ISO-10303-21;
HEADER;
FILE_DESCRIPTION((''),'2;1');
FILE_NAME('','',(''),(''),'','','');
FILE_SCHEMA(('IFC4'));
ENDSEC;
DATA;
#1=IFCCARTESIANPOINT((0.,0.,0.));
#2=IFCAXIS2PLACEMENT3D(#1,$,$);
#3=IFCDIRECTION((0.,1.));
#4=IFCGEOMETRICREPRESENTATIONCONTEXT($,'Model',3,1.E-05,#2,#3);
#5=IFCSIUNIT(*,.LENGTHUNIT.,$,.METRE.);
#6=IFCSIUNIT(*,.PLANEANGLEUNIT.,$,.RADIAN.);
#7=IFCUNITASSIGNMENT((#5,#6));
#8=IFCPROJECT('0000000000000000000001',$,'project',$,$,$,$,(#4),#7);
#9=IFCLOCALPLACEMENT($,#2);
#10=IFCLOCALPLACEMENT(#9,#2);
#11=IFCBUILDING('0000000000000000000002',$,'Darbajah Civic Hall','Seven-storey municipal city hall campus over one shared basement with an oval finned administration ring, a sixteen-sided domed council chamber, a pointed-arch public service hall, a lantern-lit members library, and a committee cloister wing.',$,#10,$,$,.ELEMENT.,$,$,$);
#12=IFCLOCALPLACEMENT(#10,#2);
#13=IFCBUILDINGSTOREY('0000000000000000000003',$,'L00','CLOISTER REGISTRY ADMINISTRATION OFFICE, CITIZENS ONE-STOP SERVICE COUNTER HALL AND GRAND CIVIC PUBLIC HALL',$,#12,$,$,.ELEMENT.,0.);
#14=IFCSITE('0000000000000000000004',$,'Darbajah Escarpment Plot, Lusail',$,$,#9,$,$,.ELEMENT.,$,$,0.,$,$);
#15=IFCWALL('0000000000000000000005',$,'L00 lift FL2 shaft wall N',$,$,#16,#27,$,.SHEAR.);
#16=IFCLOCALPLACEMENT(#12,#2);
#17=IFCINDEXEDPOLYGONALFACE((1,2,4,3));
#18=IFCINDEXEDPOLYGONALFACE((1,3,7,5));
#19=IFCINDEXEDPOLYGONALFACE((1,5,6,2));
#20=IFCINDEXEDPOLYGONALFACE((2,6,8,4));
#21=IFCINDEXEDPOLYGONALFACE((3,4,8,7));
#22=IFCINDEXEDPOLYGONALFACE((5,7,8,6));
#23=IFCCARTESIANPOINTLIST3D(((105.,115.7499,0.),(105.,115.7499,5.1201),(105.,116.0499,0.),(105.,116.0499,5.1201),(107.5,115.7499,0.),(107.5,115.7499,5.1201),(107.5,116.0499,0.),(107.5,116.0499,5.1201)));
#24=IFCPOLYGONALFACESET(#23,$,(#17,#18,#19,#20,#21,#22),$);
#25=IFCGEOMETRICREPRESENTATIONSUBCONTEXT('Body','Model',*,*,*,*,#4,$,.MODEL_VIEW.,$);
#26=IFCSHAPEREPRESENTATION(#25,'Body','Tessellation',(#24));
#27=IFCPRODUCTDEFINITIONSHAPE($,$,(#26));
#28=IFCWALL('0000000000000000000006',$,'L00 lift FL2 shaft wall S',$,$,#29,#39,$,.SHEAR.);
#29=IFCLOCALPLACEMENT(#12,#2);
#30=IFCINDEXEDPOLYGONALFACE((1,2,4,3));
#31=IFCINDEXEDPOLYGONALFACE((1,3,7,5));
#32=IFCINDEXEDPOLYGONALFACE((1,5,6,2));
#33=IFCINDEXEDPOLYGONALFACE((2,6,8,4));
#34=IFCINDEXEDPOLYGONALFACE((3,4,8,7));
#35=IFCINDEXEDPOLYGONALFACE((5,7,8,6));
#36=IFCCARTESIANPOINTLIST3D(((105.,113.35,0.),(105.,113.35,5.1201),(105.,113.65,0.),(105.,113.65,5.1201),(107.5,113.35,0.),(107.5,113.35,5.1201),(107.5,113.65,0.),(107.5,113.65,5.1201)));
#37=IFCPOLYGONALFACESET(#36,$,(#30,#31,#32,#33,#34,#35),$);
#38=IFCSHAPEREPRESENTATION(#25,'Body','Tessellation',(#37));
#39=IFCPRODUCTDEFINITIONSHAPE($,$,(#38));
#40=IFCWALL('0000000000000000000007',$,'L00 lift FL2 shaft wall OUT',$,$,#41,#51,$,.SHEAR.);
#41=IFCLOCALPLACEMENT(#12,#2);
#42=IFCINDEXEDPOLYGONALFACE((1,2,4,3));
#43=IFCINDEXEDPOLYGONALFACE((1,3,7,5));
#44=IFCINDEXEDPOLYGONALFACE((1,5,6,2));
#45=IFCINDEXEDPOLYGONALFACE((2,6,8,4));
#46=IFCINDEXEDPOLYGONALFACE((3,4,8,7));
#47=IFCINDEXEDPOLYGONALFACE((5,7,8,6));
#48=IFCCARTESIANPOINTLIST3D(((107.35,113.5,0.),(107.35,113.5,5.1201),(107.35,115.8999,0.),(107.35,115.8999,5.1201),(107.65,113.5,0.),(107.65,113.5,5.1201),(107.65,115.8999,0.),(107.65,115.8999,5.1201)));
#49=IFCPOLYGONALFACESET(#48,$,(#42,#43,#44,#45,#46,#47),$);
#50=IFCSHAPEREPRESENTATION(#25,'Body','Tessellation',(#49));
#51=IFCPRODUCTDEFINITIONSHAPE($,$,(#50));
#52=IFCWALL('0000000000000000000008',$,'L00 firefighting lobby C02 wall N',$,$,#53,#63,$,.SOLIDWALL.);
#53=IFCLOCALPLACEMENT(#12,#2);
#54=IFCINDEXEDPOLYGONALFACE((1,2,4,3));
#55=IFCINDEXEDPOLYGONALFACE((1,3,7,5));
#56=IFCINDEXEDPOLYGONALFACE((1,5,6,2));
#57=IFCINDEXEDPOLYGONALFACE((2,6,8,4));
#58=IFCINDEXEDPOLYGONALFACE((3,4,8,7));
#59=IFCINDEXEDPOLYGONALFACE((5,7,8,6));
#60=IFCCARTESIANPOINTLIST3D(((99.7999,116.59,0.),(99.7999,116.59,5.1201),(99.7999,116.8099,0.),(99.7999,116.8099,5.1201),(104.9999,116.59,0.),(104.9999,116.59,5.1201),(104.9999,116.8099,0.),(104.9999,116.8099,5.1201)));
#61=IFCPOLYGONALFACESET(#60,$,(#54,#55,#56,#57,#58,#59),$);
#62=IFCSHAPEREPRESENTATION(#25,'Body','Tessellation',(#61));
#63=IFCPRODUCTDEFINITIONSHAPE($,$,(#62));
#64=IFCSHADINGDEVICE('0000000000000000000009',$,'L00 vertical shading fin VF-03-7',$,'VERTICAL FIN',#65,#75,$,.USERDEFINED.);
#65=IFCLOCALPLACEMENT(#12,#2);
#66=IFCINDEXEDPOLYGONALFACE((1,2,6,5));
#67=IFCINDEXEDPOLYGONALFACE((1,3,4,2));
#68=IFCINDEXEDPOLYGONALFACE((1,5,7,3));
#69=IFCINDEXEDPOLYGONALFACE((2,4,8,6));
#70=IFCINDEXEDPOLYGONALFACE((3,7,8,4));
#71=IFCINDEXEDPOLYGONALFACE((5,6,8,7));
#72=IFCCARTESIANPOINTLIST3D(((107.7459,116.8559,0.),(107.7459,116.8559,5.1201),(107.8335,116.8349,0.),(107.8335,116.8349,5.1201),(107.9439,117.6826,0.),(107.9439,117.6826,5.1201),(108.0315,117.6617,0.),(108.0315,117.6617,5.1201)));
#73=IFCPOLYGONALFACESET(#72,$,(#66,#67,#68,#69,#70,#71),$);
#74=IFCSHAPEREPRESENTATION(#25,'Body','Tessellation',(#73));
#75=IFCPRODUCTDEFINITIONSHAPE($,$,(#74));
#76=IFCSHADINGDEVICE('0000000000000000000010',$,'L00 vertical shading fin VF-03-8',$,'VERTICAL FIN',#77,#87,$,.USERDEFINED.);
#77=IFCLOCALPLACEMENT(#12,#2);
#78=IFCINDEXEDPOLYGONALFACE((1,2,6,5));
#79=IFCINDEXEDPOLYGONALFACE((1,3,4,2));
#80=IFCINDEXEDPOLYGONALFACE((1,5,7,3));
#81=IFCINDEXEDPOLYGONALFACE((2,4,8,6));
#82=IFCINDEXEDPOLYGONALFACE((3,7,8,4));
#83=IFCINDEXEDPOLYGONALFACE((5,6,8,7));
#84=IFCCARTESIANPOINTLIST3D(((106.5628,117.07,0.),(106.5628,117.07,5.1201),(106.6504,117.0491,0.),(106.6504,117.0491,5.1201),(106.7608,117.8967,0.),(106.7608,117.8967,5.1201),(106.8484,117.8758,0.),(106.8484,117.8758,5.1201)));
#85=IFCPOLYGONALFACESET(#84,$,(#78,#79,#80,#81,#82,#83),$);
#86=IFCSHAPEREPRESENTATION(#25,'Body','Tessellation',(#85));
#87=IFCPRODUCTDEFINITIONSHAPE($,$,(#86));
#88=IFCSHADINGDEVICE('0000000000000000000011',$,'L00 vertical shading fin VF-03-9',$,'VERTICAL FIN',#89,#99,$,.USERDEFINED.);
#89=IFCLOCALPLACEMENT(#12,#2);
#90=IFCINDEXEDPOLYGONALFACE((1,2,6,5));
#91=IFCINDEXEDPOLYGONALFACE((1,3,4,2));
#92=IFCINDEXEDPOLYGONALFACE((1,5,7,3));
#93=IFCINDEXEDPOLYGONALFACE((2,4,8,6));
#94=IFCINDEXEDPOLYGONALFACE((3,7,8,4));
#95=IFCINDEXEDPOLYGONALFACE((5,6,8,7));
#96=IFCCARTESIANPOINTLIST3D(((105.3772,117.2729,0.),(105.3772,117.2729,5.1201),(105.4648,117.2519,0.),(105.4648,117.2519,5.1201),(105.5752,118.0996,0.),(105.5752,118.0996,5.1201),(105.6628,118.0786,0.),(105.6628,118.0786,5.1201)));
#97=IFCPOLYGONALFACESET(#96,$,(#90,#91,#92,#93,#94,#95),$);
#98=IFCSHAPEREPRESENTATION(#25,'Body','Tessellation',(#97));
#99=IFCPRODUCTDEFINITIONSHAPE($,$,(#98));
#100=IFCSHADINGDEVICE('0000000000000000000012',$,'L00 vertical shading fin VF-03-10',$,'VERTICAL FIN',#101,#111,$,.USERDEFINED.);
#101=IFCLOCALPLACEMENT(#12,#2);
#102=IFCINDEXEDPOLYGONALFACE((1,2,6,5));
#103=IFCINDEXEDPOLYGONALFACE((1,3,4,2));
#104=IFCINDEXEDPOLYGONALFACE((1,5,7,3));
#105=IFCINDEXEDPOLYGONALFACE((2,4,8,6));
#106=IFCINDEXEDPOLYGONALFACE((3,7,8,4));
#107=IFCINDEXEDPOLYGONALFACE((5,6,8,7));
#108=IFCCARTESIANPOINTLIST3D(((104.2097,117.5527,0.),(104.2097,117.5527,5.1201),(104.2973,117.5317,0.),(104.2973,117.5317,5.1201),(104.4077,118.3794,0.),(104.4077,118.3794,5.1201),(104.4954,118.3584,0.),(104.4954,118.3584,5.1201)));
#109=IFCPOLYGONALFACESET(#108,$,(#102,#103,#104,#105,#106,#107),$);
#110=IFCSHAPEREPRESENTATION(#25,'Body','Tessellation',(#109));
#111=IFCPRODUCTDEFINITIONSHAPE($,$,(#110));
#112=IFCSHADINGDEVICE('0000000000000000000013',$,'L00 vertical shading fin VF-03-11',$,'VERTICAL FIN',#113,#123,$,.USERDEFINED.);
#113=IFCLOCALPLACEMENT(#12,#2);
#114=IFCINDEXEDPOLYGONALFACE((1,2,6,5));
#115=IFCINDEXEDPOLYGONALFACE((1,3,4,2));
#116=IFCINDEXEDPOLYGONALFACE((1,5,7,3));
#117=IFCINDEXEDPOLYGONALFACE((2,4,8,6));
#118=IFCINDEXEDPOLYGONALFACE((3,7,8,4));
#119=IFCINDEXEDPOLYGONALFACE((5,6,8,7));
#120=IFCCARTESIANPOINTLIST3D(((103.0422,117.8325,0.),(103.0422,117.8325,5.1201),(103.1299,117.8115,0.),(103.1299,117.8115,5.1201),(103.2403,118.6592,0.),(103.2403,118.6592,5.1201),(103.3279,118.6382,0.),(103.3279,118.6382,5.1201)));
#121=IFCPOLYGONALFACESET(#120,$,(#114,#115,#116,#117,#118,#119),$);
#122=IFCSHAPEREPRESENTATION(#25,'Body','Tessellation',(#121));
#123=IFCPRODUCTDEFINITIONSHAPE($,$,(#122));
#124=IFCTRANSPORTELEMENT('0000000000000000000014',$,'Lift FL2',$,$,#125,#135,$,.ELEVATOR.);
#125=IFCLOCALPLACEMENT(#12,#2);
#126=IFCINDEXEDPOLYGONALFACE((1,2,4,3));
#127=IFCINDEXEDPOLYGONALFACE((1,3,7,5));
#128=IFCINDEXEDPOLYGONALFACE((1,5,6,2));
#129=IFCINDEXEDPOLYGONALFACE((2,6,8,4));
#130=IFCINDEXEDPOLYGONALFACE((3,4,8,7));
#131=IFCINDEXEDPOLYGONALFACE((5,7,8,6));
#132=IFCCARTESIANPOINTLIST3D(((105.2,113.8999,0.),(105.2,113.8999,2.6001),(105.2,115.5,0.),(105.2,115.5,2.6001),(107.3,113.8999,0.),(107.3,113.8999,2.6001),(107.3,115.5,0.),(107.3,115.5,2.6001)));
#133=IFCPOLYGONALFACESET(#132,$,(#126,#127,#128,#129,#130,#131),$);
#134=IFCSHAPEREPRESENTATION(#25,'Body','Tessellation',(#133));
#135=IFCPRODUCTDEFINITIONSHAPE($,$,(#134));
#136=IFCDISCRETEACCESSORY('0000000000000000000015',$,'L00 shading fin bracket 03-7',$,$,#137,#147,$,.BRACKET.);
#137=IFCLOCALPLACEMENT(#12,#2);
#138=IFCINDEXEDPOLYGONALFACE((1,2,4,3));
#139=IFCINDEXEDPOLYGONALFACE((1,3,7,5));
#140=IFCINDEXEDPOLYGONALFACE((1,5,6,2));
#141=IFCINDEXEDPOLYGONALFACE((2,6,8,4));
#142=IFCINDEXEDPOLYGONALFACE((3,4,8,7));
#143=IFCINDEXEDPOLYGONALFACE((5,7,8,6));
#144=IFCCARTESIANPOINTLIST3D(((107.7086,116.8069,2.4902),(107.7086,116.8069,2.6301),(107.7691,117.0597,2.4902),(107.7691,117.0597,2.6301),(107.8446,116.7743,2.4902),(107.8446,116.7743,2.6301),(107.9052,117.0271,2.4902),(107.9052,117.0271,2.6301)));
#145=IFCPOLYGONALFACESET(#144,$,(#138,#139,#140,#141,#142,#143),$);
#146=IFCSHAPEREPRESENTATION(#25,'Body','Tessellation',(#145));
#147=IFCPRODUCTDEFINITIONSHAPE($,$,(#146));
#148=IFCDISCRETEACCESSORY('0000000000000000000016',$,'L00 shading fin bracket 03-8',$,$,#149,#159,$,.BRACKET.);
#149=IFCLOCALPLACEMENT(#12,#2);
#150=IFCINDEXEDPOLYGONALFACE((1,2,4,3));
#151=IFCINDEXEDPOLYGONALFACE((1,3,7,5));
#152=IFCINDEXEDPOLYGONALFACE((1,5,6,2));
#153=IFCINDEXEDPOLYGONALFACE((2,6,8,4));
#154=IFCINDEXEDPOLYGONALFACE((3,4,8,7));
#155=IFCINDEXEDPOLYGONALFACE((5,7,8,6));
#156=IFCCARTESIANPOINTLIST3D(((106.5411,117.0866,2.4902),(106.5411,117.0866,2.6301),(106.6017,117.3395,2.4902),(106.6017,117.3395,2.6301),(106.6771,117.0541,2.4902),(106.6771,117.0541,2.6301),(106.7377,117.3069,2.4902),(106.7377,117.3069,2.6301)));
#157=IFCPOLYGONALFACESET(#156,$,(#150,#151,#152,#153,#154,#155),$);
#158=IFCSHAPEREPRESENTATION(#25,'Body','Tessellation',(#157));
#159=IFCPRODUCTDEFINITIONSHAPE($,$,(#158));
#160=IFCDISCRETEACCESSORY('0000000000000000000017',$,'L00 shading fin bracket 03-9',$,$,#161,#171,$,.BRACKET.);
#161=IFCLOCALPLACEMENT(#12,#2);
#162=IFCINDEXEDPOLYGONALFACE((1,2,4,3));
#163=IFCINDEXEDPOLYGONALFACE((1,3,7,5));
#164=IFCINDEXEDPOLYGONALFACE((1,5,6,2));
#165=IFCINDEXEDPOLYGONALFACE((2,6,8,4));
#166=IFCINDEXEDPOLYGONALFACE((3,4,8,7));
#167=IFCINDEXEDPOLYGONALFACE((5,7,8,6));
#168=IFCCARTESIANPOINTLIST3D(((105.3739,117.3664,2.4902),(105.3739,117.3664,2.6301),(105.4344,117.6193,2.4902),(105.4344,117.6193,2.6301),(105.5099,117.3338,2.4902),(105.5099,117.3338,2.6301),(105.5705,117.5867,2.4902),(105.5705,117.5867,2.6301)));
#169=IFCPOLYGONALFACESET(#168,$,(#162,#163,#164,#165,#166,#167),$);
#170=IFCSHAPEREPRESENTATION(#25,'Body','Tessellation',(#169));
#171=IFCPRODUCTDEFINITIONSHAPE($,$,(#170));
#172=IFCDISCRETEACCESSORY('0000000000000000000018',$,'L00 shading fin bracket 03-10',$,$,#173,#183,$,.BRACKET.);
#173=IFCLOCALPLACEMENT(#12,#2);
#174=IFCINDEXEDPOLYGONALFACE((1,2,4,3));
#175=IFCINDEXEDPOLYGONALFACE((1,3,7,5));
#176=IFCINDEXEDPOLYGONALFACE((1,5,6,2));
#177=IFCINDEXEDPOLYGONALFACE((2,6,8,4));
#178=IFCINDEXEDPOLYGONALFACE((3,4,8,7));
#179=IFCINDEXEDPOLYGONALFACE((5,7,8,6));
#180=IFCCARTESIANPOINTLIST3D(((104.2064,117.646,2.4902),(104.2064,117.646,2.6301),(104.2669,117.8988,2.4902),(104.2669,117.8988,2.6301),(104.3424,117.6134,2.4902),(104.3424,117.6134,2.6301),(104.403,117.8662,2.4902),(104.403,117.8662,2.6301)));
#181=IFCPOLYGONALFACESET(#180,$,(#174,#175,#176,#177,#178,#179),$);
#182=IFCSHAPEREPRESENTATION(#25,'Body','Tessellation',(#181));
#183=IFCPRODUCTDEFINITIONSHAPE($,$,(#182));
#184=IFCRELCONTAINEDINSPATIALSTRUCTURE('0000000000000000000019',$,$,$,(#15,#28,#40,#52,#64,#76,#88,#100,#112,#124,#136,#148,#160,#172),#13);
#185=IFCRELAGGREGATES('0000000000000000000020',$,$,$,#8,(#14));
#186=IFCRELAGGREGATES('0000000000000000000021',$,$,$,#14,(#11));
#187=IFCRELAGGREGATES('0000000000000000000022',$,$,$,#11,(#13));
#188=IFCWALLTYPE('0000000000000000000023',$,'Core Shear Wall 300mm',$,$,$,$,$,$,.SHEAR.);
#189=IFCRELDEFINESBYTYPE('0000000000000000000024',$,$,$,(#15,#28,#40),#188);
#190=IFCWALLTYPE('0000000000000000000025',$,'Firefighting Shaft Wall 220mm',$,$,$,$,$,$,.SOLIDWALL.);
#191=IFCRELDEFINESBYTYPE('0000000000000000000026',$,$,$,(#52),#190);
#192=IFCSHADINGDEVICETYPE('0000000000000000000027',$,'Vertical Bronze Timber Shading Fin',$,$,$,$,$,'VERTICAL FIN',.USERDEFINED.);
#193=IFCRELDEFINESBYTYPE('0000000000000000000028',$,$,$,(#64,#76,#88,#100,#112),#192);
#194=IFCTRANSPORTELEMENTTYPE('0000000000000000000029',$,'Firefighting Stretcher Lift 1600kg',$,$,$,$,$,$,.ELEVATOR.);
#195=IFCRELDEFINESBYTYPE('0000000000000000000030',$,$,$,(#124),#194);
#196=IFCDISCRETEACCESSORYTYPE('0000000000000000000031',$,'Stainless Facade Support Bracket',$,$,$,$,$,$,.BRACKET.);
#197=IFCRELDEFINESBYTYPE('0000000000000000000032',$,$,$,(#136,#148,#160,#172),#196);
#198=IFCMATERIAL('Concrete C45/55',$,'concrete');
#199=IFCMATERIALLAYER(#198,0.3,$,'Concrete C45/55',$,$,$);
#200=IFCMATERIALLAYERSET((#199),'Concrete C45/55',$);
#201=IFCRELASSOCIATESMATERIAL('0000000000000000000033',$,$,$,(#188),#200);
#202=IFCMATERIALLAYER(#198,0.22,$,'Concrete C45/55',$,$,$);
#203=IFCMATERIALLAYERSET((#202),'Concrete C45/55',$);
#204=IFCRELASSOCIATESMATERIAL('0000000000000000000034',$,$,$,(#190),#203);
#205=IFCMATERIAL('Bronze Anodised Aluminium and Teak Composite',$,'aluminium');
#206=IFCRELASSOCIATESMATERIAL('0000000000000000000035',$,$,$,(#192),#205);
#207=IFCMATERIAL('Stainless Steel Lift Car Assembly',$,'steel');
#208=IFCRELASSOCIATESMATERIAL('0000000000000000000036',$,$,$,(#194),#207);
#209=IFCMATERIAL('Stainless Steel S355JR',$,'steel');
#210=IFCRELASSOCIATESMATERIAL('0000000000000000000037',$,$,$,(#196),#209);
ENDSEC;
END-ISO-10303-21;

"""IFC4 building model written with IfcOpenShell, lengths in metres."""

from ifc_helpers import new_model, si_unit, direction, frame, frame_2d, origin, origin_2d, place, context, subcontext, project, spatial, rectangle, extrude, material, layer, layer_set, type_object, element, save


model = new_model("IFC4")

# Units and contexts
model_context = context("Model", 3, precision=1e-05, world=origin(), true_north=direction((0.0, 1.0)))
body_context = subcontext(model_context, "Body", "Model", "MODEL_VIEW")
ifc_project = project(units=[si_unit("LENGTHUNIT", "METRE"), si_unit("PLANEANGLEUNIT", "RADIAN")], contexts=[model_context])

# Site, building, storey
site_placement = place(None, origin())
site = spatial("IfcSite", under=ifc_project, at=site_placement, Name="Darbajah Escarpment Plot, Lusail", CompositionType="ELEMENT", RefElevation=0.0)
building_placement = place(site_placement, origin())
building = spatial("IfcBuilding", under=site, at=building_placement, Name="Darbajah Civic Hall", Description="Seven-storey municipal city hall campus over one shared basement with an oval finned administration ring, a sixteen-sided domed council chamber, a pointed-arch public service hall, a lantern-lit members library, and a committee cloister wing.", CompositionType="ELEMENT")
storey_placement = place(building_placement, origin())
storey = spatial("IfcBuildingStorey", under=building, at=storey_placement, Name="L00", Description="CLOISTER REGISTRY ADMINISTRATION OFFICE, CITIZENS ONE-STOP SERVICE COUNTER HALL AND GRAND CIVIC PUBLIC HALL", CompositionType="ELEMENT", Elevation=0.0)

# Shared definitions
ifc_material_1 = material(Name="Concrete C45/55", Category="concrete")
ifc_layer_1 = layer(ifc_material_1, 0.3, Name="Concrete C45/55")
ifc_layer_set_1 = layer_set([ifc_layer_1], Name="Concrete C45/55")
wall_type_1 = type_object("IfcWallType", Name="Core Shear Wall 300mm", PredefinedType="SHEAR", material=ifc_layer_set_1)

# Walls
for number, where, z_axis, x_axis, name in (
    (1, (107.5, 115.8999, 0.0), (0.0, 0.0, 1.0), (-1.0, 0.0, 0.0), "L00 lift FL2 shaft wall N"),
    (2, (105.0, 113.5, 0.0), (0.0, 0.0, 1.0), (1.0, 0.0, 0.0), "L00 lift FL2 shaft wall S"),
):
    element("IfcWall", number, at=place(storey_placement, frame(where, z_axis=z_axis, x_axis=x_axis)), inside=storey, type_object=wall_type_1, Name=name, PredefinedType="SHEAR", context=body_context, shape_type="SweptSolid", body=[
        extrude(rectangle(XDim=2.5, YDim=0.3, at=frame_2d((1.25, 0.0))), origin(), (0.0, 0.0, 1.0), 5.1201),
    ])
wall_1_placement = place(storey_placement, frame((107.5, 113.5, 0.0), z_axis=(0.0, 0.0, 1.0), x_axis=(0.0, 1.0, 0.0)))
element("IfcWall", 3, at=wall_1_placement, inside=storey, type_object=wall_type_1, Name="L00 lift FL2 shaft wall OUT", PredefinedType="SHEAR", context=body_context, shape_type="SweptSolid", body=[
    extrude(rectangle(XDim=2.3999, YDim=0.3, at=frame_2d((1.2, 0.0))), origin(), (0.0, 0.0, 1.0), 5.1201),
])
ifc_layer_2 = layer(ifc_material_1, 0.22, Name="Concrete C45/55")
ifc_layer_set_2 = layer_set([ifc_layer_2], Name="Concrete C45/55")
wall_type_2 = type_object("IfcWallType", Name="Firefighting Shaft Wall 220mm", PredefinedType="SOLIDWALL", material=ifc_layer_set_2)
wall_2_placement = place(storey_placement, frame((105.0, 116.7, 0.0), z_axis=(0.0, 0.0, 1.0), x_axis=(-1.0, 0.0, 0.0)))
element("IfcWall", 4, at=wall_2_placement, inside=storey, type_object=wall_type_2, Name="L00 firefighting lobby C02 wall N", PredefinedType="SOLIDWALL", context=body_context, shape_type="SweptSolid", body=[
    extrude(rectangle(XDim=5.2, YDim=0.22, at=frame_2d((2.6001, 0.0))), origin(), (0.0, 0.0, 1.0), 5.1201),
])

# Shading devices
ifc_material_2 = material(Name="Bronze Anodised Aluminium and Teak Composite", Category="aluminium")
shading_device_type = type_object("IfcShadingDeviceType", Name="Vertical Bronze Timber Shading Fin", ElementType="VERTICAL FIN", PredefinedType="USERDEFINED", material=ifc_material_2)
for number, where, z_axis, x_axis, name in (
    (5, (107.8887, 117.2588, 0.0), (0.0, 0.0, 1.0), (0.232936, 0.972492, 0.0), "L00 vertical shading fin VF-03-7"),
    (6, (106.7056, 117.4729, 0.0), (0.0, 0.0, 1.0), (0.232936, 0.972492, 0.0), "L00 vertical shading fin VF-03-8"),
    (7, (105.52, 117.6758, 0.0), (0.0, 0.0, 1.0), (0.232936, 0.972492, 0.0), "L00 vertical shading fin VF-03-9"),
    (8, (104.3525, 117.9556, 0.0), (0.0, 0.0, 1.0), (0.232936, 0.972492, 0.0), "L00 vertical shading fin VF-03-10"),
    (9, (103.1851, 118.2354, 0.0), (0.0, 0.0, 1.0), (0.232936, 0.972492, 0.0), "L00 vertical shading fin VF-03-11"),
):
    element("IfcShadingDevice", number, at=place(storey_placement, frame(where, z_axis=z_axis, x_axis=x_axis)), inside=storey, type_object=shading_device_type, Name=name, ObjectType="VERTICAL FIN", PredefinedType="USERDEFINED", context=body_context, shape_type="SweptSolid", body=[
        extrude(rectangle(XDim=0.8501, YDim=0.0901, at=origin_2d()), origin(), (0.0, 0.0, 1.0), 5.1201),
    ])

# Transport element
ifc_material_3 = material(Name="Stainless Steel Lift Car Assembly", Category="steel")
transport_element_type = type_object("IfcTransportElementType", Name="Firefighting Stretcher Lift 1600kg", PredefinedType="ELEVATOR", material=ifc_material_3)
transport_element_placement = place(storey_placement, frame((106.25, 114.7, 0.0), z_axis=(0.0, 0.0, 1.0), x_axis=(1.0, 0.0, 0.0)))
element("IfcTransportElement", 10, at=transport_element_placement, inside=storey, type_object=transport_element_type, Name="Lift FL2", PredefinedType="ELEVATOR", context=body_context, shape_type="SweptSolid", body=[
    extrude(rectangle(XDim=2.1001, YDim=1.6001, at=origin_2d()), origin(), (0.0, 0.0, 1.0), 2.6001),
])

# Discrete accessories
ifc_material_4 = material(Name="Stainless Steel S355JR", Category="steel")
discrete_accessory_type = type_object("IfcDiscreteAccessoryType", Name="Stainless Facade Support Bracket", PredefinedType="BRACKET", material=ifc_material_4)
for number, where, z_axis, x_axis, name in (
    (11, (107.8069, 116.917, 2.4902), (0.0, 0.0, 1.0), (0.232936, 0.972492, 0.0), "L00 shading fin bracket 03-7"),
    (12, (106.6394, 117.1968, 2.4902), (0.0, 0.0, 1.0), (0.232936, 0.972492, 0.0), "L00 shading fin bracket 03-8"),
    (13, (105.4722, 117.4766, 2.4902), (0.0, 0.0, 1.0), (0.232936, 0.972492, 0.0), "L00 shading fin bracket 03-9"),
    (14, (104.3047, 117.7561, 2.4902), (0.0, 0.0, 1.0), (0.232936, 0.972492, 0.0), "L00 shading fin bracket 03-10"),
):
    element("IfcDiscreteAccessory", number, at=place(storey_placement, frame(where, z_axis=z_axis, x_axis=x_axis)), inside=storey, type_object=discrete_accessory_type, Name=name, PredefinedType="BRACKET", context=body_context, shape_type="SweptSolid", body=[
        extrude(rectangle(XDim=0.26, YDim=0.1399, at=origin_2d()), origin(), (0.0, 0.0, 1.0), 0.1399),
    ])

save(model, "model.ifc")
